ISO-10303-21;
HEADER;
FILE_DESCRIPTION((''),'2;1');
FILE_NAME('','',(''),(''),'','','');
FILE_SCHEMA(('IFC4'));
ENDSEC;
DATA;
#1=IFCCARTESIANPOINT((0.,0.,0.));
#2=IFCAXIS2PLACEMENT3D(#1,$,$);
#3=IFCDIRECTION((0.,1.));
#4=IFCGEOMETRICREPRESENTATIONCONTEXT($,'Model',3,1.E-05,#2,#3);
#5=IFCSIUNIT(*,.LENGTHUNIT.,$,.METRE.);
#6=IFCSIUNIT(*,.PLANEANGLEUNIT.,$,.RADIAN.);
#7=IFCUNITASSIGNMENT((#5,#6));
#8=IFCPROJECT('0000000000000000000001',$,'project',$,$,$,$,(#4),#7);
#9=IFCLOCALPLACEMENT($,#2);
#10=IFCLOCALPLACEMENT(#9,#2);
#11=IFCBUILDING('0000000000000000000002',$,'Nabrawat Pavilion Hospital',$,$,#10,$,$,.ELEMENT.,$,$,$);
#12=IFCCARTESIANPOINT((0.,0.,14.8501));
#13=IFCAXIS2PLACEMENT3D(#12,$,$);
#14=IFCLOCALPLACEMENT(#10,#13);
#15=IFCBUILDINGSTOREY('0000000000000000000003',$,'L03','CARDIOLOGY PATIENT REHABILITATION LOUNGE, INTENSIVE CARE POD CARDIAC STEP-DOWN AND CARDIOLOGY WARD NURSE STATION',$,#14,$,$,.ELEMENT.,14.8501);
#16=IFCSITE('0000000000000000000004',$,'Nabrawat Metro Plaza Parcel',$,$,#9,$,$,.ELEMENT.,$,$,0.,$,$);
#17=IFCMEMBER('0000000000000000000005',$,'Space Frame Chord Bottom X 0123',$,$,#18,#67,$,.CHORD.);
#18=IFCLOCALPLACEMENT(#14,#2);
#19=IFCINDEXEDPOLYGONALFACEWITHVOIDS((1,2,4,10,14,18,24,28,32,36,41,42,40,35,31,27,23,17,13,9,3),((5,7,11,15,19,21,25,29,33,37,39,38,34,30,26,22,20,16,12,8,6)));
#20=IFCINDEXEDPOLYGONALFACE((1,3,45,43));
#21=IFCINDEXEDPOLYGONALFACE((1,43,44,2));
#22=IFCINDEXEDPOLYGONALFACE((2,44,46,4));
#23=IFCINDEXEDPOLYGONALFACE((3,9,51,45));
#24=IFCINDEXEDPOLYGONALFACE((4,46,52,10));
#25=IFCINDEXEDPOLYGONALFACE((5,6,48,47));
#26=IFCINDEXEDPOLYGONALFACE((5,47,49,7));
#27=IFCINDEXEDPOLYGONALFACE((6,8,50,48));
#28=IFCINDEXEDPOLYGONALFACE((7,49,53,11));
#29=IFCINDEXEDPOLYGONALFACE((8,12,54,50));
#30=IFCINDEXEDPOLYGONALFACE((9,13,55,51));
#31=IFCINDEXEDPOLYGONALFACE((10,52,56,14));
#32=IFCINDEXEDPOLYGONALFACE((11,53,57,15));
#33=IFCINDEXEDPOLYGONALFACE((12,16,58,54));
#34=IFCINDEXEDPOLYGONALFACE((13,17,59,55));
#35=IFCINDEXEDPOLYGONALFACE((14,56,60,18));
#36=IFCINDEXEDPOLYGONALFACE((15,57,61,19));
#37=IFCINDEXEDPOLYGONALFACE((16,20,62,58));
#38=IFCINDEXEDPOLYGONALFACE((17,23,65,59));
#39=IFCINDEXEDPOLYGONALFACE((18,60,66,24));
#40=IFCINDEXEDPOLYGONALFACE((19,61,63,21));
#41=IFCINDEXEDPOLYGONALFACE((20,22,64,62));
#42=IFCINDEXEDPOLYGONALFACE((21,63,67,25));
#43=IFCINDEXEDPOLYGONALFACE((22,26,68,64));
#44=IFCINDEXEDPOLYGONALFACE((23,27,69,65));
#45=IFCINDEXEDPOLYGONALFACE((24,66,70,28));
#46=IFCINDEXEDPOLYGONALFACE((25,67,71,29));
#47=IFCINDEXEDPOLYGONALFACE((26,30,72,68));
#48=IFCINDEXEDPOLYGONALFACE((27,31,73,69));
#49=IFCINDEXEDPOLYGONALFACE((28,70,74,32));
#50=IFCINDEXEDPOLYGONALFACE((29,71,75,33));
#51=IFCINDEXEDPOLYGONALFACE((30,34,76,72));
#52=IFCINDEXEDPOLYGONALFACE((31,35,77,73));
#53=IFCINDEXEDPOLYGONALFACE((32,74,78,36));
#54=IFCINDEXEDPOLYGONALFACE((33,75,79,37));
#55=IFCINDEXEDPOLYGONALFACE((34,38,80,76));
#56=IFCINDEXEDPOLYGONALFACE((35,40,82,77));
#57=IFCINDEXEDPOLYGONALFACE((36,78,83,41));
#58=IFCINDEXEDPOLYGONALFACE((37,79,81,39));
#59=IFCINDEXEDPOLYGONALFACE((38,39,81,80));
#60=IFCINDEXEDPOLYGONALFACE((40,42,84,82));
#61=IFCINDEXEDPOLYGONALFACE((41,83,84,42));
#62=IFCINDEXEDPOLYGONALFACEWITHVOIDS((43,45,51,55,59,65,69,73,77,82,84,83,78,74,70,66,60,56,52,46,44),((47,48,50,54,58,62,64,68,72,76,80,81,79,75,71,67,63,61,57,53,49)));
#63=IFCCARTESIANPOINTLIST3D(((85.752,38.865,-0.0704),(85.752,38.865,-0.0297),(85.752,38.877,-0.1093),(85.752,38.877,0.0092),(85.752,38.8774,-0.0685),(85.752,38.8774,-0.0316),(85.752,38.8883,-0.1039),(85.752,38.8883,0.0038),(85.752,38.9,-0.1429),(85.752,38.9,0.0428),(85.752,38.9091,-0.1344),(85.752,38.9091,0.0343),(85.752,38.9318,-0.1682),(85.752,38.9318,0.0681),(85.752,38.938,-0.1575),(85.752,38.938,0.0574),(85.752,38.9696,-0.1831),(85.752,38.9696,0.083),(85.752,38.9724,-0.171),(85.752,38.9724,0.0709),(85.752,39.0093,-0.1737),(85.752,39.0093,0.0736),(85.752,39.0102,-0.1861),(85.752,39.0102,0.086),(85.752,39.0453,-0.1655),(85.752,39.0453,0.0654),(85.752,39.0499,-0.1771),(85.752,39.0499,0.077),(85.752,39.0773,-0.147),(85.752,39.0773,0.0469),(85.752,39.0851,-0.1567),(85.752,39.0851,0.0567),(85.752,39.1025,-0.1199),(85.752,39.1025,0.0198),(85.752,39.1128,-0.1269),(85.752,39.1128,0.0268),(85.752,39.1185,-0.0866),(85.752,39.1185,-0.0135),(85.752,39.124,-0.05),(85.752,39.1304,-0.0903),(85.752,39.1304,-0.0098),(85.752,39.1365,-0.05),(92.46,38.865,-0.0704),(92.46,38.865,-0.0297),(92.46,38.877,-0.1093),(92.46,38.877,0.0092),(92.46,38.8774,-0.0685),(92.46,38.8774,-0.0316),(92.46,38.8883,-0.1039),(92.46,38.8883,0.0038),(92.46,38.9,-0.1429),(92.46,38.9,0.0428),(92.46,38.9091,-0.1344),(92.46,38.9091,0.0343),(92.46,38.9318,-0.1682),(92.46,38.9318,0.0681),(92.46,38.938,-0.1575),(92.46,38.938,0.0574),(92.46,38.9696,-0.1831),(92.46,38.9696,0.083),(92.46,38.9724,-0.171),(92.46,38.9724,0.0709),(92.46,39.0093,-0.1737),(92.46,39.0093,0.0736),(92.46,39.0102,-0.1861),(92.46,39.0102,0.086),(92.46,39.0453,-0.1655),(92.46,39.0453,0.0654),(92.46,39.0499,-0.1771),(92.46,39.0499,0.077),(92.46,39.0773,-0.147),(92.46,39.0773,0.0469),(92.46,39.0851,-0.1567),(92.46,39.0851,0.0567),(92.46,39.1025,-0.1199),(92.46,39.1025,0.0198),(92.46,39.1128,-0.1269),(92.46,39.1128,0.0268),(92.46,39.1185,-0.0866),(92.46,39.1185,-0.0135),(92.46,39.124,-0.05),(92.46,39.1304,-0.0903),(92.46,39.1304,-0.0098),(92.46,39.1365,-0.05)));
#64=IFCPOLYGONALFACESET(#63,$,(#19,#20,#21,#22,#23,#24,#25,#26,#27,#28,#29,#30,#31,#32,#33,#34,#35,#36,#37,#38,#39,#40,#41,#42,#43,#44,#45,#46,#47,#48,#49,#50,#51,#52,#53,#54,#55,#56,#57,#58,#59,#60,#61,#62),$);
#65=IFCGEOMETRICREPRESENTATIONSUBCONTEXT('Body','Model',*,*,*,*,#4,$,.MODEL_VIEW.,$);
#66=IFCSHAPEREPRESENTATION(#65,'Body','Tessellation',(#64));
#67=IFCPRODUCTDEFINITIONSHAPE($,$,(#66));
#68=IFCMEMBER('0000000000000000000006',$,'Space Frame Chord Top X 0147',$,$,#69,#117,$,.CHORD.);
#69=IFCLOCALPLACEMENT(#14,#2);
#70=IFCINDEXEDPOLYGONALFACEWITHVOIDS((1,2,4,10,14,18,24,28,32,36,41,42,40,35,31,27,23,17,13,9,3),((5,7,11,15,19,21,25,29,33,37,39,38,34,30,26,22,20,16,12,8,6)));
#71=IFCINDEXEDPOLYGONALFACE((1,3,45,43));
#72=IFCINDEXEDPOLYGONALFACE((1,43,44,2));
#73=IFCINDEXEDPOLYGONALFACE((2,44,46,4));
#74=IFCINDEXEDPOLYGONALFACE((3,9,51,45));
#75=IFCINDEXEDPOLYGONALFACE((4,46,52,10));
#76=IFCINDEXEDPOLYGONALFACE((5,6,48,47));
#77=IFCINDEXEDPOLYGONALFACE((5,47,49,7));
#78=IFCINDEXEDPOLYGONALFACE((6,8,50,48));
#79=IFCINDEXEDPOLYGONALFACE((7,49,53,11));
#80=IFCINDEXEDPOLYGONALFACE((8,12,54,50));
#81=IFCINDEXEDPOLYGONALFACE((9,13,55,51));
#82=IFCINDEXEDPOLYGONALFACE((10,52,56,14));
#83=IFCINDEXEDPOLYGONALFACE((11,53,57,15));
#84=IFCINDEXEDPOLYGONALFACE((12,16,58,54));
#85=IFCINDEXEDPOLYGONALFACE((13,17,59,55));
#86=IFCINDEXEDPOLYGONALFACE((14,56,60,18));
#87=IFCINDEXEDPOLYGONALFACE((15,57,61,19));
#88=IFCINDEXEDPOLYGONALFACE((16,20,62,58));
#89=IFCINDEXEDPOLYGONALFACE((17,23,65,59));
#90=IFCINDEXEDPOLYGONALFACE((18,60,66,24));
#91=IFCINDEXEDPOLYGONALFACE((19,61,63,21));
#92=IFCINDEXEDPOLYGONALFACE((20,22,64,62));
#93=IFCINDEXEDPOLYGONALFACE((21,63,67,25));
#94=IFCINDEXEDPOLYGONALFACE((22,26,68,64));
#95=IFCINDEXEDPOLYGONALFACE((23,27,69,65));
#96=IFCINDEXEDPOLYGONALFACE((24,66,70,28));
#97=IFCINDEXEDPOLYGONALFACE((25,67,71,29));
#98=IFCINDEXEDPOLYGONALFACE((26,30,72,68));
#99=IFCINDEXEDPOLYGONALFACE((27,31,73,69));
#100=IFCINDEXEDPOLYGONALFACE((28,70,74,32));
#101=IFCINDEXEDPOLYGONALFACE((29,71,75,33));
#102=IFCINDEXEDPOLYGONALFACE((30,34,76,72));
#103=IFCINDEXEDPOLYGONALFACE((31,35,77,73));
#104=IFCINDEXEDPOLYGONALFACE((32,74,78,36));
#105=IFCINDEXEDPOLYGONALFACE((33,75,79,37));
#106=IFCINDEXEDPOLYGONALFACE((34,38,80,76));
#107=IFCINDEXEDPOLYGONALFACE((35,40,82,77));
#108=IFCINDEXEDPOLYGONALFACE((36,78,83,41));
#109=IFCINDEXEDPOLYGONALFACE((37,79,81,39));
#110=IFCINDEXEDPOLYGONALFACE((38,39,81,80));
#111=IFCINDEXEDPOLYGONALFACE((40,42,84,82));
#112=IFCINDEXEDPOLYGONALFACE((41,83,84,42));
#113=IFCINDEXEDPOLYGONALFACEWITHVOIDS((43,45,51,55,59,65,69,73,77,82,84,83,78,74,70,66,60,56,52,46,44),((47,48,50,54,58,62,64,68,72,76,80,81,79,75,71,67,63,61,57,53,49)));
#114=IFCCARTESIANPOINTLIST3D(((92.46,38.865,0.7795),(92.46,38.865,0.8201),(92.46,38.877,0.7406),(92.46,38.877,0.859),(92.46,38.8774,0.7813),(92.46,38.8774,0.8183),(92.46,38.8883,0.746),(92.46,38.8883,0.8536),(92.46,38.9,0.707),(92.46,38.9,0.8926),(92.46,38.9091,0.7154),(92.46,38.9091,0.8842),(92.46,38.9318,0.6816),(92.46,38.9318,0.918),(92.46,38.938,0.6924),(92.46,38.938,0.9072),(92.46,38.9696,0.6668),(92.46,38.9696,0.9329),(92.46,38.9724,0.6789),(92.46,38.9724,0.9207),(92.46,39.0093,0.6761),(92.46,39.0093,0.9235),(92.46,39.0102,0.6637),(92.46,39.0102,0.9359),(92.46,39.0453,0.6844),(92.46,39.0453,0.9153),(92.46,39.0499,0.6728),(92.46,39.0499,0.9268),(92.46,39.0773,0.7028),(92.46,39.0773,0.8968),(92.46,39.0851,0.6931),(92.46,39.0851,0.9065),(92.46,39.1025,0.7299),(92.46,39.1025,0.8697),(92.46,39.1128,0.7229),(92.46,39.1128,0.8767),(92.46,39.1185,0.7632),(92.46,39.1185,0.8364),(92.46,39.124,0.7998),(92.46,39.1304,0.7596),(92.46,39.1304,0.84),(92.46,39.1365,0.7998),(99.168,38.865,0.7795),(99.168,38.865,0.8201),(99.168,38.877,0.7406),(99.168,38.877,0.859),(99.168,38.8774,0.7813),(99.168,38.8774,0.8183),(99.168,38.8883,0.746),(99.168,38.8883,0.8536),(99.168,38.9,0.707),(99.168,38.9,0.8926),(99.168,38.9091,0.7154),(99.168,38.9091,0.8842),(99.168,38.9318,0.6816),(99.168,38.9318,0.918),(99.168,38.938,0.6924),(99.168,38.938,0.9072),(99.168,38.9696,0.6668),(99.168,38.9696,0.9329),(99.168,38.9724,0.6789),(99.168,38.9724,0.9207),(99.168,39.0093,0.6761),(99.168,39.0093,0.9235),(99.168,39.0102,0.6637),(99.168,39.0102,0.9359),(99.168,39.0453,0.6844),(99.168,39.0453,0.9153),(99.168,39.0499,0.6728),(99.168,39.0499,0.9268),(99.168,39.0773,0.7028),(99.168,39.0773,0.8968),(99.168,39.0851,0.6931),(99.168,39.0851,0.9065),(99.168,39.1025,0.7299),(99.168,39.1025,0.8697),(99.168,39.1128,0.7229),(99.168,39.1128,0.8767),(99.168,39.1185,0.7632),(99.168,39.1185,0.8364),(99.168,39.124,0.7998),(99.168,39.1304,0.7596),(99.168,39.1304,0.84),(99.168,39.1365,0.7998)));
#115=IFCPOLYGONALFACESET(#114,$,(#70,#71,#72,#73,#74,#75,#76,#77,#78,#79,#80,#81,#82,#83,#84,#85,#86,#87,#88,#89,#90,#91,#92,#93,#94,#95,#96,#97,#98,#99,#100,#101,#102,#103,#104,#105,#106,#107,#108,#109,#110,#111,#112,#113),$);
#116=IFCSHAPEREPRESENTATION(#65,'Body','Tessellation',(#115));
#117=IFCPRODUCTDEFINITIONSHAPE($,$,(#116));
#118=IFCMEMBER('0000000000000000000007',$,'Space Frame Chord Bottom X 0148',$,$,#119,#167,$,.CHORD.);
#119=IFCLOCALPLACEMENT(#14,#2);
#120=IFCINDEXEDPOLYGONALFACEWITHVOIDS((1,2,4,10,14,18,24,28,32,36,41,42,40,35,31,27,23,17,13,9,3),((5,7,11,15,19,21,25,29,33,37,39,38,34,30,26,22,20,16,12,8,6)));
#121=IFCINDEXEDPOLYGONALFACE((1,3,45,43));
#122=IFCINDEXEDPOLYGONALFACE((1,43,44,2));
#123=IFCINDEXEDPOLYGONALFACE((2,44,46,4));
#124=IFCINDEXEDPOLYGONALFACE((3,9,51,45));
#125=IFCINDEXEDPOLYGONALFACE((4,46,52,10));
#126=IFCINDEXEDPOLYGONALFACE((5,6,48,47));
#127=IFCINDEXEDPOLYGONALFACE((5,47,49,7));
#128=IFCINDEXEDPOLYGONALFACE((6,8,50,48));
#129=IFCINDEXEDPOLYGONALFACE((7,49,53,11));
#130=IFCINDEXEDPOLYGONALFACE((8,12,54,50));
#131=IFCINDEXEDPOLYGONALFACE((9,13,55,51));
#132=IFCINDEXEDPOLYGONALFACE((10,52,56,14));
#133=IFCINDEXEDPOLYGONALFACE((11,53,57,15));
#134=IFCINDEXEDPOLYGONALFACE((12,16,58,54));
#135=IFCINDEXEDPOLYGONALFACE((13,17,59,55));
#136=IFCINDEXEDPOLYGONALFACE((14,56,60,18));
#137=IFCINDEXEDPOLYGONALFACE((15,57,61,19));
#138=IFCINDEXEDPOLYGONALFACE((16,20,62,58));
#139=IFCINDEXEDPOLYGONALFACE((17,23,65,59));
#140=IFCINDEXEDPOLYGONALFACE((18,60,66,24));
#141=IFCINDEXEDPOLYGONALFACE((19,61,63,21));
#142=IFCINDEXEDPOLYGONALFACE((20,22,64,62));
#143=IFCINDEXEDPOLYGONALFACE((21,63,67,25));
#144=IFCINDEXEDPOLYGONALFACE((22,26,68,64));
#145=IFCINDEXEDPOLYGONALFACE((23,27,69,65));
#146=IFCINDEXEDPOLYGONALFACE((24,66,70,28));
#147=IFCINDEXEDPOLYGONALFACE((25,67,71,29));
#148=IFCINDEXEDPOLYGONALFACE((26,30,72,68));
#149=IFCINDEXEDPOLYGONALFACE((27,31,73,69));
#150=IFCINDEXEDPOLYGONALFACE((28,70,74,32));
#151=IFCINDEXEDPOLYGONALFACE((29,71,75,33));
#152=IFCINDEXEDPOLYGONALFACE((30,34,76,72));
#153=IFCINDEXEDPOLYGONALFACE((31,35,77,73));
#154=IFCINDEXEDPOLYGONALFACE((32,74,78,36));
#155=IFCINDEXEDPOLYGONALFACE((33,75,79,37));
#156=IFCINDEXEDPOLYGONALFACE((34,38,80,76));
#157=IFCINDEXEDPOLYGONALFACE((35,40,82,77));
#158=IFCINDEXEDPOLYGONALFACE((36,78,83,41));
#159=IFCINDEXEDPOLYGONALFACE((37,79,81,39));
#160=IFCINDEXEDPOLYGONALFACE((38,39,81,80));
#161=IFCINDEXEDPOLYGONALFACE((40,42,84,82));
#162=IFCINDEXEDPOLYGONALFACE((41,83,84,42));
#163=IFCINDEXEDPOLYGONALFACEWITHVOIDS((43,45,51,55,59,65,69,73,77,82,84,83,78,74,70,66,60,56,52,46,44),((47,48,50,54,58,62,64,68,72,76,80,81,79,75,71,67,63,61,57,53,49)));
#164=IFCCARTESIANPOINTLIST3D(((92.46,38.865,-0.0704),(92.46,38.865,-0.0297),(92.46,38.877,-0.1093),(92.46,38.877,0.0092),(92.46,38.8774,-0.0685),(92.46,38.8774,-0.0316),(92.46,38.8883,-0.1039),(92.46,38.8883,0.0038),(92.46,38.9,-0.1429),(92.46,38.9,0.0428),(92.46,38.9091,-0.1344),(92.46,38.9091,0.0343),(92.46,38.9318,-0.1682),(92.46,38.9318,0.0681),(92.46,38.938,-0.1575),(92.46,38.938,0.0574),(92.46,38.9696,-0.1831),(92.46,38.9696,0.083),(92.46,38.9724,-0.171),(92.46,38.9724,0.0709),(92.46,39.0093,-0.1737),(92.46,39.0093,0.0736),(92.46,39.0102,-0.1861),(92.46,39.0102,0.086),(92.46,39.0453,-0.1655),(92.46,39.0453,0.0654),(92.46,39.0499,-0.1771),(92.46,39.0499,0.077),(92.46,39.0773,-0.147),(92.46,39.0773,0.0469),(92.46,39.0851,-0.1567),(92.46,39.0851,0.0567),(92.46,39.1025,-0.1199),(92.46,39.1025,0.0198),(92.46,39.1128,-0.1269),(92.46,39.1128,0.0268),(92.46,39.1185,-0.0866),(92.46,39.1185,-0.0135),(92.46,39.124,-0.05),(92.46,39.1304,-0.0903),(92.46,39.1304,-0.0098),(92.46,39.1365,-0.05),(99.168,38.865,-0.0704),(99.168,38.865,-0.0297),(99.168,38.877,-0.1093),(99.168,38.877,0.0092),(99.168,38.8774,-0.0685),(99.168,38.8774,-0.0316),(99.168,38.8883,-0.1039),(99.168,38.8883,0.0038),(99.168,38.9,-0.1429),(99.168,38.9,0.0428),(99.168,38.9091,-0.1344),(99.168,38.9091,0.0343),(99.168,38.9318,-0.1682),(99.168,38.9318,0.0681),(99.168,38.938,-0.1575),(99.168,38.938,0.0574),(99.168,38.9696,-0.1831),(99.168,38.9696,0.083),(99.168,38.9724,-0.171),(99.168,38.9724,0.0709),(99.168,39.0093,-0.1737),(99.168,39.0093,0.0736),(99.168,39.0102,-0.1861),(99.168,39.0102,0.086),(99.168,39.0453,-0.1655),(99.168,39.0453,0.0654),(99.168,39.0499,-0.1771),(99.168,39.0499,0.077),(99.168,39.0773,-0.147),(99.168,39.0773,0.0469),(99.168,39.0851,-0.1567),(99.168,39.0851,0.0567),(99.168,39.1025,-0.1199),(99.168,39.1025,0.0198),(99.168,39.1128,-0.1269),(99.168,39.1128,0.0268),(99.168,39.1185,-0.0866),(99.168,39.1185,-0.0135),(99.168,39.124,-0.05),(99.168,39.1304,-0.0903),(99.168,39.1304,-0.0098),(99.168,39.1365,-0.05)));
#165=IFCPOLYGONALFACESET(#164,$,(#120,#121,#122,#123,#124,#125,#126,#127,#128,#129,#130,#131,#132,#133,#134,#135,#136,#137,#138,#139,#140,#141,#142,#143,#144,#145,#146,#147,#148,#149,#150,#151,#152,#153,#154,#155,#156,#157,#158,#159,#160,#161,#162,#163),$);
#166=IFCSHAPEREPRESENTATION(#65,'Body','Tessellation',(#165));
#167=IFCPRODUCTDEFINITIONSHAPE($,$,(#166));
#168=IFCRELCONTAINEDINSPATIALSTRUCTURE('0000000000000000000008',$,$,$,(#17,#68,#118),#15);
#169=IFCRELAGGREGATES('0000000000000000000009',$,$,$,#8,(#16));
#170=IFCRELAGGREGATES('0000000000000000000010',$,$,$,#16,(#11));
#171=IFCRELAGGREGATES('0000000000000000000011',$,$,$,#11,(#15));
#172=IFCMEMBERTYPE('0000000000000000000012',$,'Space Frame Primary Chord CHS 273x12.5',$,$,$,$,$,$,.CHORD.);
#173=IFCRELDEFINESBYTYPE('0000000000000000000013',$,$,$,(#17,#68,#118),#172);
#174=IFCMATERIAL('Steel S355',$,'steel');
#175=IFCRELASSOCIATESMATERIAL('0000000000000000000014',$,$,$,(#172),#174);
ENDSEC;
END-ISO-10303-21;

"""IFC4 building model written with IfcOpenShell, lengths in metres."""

from ifc_helpers import new_model, si_unit, direction, frame, origin, origin_2d, place, context, subcontext, project, spatial, hollow_circle, extrude, material, material_profile, profile_set, type_object, element, save


model = new_model("IFC4")

# Units and contexts
model_context = context("Model", 3, precision=1e-05, world=origin(), true_north=direction((0.0, 1.0)))
body_context = subcontext(model_context, "Body", "Model", "MODEL_VIEW")
ifc_project = project(units=[si_unit("LENGTHUNIT", "METRE"), si_unit("PLANEANGLEUNIT", "RADIAN")], contexts=[model_context])

# Site, building, storey
site_placement = place(None, origin())
site = spatial("IfcSite", under=ifc_project, at=site_placement, Name="Nabrawat Metro Plaza Parcel", CompositionType="ELEMENT", RefElevation=0.0)
building_placement = place(site_placement, origin())
building = spatial("IfcBuilding", under=site, at=building_placement, Name="Nabrawat Pavilion Hospital", CompositionType="ELEMENT")
storey_placement = place(building_placement, frame((0.0, 0.0, 14.8501)))
storey = spatial("IfcBuildingStorey", under=building, at=storey_placement, Name="L03", Description="CARDIOLOGY PATIENT REHABILITATION LOUNGE, INTENSIVE CARE POD CARDIAC STEP-DOWN AND CARDIOLOGY WARD NURSE STATION", CompositionType="ELEMENT", Elevation=14.8501)

# Shared definitions
ifc_material_1 = material(Name="Steel S355", Category="steel")

# Members
ifc_material_profile_1 = material_profile(ifc_material_1, hollow_circle(Radius=0.1365, WallThickness=0.0125, at=origin_2d()), Name="CHS 273x12.5")
ifc_profile_set_1 = profile_set([ifc_material_profile_1], Name="Steel S355")
member_type_1 = type_object("IfcMemberType", Name="Space Frame Primary Chord CHS 273x12.5", PredefinedType="CHORD", material=ifc_profile_set_1)
for number, where, z_axis, x_axis, name in (
    (1, (85.752, 39.0, -0.05), (1.0, 0.0, 0.0), (0.0, 1.0, 0.0), "Space Frame Chord Bottom X 0123"),
    (2, (92.46, 39.0, 0.7998), (1.0, 0.0, 0.0), (0.0, 1.0, 0.0), "Space Frame Chord Top X 0147"),
    (3, (92.46, 39.0, -0.05), (1.0, 0.0, 0.0), (0.0, 1.0, 0.0), "Space Frame Chord Bottom X 0148"),
):
    element("IfcMember", number, at=place(storey_placement, frame(where, z_axis=z_axis, x_axis=x_axis)), inside=storey, type_object=member_type_1, Name=name, PredefinedType="CHORD", context=body_context, shape_type="SweptSolid", body=[
        extrude(hollow_circle(Radius=0.1365, WallThickness=0.0125, at=origin_2d()), origin(), (0.0, 0.0, 1.0), 6.708),
    ])

save(model, "model.ifc")
